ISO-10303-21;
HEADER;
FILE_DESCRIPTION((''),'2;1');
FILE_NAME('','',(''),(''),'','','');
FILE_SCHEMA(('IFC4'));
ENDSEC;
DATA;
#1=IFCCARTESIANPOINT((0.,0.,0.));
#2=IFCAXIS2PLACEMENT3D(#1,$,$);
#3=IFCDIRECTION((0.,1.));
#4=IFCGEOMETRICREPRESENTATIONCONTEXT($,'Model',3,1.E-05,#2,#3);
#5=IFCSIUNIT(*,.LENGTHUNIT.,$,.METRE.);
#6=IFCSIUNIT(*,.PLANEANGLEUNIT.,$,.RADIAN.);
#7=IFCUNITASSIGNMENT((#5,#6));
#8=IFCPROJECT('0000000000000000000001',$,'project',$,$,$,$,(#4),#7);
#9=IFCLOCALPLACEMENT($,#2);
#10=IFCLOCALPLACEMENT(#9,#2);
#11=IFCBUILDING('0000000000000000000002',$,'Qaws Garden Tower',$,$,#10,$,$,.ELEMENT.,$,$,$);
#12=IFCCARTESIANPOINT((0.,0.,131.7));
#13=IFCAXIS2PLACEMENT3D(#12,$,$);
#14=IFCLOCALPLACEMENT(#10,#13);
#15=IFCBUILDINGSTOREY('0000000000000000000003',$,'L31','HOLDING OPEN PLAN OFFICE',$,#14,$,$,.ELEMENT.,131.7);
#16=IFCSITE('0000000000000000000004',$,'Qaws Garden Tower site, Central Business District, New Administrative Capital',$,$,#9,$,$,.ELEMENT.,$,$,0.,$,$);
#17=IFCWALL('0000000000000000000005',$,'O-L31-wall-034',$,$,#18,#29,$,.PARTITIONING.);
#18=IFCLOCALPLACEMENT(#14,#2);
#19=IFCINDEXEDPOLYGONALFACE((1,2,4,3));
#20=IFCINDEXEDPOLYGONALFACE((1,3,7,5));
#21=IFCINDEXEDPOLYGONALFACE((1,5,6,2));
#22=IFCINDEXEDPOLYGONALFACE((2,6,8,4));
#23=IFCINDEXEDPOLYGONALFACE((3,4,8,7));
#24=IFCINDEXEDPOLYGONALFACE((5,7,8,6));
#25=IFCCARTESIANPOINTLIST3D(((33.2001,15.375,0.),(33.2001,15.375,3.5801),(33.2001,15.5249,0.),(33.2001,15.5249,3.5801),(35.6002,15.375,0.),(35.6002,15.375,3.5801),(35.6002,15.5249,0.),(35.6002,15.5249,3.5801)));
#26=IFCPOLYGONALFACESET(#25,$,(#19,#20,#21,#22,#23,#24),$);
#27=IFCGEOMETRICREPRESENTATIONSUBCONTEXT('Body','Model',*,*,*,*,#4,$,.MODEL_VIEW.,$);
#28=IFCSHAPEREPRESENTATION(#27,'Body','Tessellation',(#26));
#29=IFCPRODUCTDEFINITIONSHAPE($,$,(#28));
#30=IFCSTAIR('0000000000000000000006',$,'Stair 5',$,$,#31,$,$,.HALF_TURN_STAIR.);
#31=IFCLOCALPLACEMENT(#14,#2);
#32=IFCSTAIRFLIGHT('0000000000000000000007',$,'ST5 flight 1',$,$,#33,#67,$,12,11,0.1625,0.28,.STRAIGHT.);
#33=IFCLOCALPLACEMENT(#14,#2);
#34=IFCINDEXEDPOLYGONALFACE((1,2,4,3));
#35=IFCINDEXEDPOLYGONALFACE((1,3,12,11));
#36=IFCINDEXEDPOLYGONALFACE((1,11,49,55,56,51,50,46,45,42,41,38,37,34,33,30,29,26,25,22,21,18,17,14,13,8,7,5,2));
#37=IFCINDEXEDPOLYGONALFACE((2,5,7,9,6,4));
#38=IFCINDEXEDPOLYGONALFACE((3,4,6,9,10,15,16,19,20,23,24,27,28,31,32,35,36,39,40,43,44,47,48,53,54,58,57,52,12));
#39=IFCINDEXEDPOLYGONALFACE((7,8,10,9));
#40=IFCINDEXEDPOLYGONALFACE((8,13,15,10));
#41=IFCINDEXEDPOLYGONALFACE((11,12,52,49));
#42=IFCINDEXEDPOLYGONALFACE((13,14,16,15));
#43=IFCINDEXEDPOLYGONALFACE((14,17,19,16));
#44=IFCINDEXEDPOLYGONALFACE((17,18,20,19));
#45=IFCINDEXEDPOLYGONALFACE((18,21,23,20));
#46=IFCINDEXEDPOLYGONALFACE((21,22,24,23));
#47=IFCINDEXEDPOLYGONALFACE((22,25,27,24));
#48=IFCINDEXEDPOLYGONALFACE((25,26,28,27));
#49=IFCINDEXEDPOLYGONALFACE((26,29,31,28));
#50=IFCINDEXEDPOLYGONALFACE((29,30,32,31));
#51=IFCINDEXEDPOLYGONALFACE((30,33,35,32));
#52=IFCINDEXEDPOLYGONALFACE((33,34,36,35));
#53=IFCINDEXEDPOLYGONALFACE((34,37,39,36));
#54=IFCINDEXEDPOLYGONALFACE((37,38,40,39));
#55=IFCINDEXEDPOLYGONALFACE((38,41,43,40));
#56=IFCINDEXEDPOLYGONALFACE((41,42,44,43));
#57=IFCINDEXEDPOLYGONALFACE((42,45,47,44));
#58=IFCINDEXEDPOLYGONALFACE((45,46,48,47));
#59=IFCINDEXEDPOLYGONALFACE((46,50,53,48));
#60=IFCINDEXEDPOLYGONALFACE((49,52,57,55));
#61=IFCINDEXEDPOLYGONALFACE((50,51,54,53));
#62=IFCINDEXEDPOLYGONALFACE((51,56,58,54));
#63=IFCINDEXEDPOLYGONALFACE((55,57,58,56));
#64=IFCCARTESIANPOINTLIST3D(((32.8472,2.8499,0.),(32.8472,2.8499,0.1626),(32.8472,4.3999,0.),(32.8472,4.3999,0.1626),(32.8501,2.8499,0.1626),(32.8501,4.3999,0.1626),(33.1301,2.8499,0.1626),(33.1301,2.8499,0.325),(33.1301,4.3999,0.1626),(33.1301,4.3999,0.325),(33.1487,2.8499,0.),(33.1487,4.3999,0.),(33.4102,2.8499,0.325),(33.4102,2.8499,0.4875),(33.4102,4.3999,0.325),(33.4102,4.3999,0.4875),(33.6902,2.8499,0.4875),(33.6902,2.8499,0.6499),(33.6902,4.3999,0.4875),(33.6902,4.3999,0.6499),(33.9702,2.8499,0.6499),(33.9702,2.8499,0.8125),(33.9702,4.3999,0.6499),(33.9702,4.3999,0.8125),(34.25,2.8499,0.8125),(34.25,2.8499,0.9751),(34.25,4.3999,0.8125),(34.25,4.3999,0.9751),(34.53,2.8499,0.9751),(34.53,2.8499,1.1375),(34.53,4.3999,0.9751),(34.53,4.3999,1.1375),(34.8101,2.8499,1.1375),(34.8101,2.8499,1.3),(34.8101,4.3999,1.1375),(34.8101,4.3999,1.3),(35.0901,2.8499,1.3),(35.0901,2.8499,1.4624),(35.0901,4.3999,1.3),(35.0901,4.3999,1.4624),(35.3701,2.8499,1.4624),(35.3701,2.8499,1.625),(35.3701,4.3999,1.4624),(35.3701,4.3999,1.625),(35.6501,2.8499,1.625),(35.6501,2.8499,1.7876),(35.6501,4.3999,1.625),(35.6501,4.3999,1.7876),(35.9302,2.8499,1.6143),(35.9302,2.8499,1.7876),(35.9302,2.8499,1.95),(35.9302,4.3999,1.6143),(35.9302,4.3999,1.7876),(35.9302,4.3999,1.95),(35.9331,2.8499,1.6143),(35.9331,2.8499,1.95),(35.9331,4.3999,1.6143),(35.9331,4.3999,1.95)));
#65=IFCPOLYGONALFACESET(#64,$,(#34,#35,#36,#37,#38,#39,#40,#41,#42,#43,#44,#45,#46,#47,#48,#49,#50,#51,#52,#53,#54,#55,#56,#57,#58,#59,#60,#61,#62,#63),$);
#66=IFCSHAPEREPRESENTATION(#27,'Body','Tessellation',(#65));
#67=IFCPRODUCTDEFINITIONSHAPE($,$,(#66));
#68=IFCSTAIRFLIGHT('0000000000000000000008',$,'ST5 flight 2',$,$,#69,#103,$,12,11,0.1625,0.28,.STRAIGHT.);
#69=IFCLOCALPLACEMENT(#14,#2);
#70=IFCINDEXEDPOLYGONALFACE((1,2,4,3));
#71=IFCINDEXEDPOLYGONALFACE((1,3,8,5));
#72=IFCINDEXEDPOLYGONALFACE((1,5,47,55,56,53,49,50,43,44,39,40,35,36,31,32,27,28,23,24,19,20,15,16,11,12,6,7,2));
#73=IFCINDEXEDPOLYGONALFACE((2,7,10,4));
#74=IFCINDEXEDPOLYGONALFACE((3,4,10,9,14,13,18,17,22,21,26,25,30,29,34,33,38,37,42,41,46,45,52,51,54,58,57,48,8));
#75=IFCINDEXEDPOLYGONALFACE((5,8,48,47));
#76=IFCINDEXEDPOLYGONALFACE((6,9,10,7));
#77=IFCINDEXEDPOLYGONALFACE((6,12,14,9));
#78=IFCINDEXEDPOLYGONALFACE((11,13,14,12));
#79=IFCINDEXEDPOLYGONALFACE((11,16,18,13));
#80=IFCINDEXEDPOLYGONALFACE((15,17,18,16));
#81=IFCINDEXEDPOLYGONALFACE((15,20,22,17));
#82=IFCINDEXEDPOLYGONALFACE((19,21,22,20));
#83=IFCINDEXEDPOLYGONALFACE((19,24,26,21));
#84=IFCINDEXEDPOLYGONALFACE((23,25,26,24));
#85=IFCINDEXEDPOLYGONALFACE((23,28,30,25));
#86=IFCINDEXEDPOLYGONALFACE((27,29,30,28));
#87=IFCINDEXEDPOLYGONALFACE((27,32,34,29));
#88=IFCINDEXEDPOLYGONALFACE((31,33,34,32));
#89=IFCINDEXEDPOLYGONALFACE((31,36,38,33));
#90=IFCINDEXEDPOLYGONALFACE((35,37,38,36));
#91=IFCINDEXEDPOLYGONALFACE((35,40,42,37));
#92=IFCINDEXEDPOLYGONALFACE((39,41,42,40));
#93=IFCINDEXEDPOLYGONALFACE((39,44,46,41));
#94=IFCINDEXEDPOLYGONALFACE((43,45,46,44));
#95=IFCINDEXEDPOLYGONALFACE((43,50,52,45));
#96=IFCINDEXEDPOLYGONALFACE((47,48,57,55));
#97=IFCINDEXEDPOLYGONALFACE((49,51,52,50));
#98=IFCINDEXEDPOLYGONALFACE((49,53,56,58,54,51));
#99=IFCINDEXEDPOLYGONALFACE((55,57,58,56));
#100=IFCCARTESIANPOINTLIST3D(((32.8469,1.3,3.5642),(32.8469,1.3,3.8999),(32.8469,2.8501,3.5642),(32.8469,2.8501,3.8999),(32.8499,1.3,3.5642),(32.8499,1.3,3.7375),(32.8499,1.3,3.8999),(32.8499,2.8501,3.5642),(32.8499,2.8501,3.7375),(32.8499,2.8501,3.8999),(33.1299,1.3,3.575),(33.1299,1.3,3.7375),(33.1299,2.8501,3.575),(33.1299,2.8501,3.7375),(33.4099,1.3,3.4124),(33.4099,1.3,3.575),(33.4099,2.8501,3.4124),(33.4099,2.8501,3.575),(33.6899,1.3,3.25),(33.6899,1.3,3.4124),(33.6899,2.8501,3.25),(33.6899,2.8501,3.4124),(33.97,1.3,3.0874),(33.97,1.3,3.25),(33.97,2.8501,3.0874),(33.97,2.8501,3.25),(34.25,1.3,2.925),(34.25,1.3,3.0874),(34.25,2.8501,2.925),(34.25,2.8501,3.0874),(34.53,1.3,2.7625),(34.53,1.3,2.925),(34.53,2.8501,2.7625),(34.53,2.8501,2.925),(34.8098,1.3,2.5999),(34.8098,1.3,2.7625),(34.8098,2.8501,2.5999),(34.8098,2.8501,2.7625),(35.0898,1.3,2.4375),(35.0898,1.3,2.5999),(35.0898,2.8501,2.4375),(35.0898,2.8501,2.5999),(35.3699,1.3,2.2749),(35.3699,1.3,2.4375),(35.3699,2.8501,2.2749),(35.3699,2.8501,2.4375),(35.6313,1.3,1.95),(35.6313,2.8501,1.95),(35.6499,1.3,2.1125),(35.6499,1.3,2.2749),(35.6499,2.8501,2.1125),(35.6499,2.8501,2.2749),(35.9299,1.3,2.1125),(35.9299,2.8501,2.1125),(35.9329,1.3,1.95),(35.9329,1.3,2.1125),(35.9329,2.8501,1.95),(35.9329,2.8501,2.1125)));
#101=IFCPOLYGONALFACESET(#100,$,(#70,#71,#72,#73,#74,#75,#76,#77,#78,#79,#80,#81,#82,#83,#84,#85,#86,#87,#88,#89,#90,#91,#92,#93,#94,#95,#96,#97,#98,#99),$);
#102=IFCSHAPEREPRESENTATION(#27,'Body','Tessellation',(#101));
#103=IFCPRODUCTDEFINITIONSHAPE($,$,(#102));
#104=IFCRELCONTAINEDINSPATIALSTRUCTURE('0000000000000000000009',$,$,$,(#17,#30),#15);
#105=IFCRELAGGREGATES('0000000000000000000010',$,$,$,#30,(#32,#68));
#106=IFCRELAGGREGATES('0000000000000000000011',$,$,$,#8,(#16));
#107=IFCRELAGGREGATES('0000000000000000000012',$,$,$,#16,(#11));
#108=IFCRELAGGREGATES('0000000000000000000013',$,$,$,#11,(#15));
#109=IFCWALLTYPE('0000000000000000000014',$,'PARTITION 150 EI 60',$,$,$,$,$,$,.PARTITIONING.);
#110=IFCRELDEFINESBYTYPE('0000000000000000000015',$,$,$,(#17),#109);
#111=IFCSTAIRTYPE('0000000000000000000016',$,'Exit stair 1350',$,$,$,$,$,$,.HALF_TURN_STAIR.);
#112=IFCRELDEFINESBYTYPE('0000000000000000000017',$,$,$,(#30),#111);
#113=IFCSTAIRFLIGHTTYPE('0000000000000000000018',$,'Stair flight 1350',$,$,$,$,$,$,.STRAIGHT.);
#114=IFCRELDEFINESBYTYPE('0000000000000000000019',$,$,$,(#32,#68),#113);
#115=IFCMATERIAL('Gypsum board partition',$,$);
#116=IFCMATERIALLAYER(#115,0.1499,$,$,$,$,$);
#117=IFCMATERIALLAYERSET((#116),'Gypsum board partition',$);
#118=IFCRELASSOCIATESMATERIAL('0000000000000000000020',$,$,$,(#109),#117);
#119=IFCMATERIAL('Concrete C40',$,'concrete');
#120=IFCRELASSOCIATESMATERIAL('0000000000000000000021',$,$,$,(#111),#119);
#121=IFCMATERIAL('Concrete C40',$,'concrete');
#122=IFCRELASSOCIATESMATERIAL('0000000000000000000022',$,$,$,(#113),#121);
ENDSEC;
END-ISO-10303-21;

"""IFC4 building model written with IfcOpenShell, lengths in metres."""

from ifc_helpers import new_model, si_unit, direction, frame, frame_2d, origin, place, context, subcontext, project, spatial, polyline, rectangle, outline, extrude, material, layer, layer_set, type_object, element, aggregate, save


model = new_model("IFC4")

# Units and contexts
model_context = context("Model", 3, precision=1e-05, world=origin(), true_north=direction((0.0, 1.0)))
body_context = subcontext(model_context, "Body", "Model", "MODEL_VIEW")
ifc_project = project(units=[si_unit("LENGTHUNIT", "METRE"), si_unit("PLANEANGLEUNIT", "RADIAN")], contexts=[model_context])

# Site, building, storey
site_placement = place(None, origin())
site = spatial("IfcSite", under=ifc_project, at=site_placement, Name="Qaws Garden Tower site, Central Business District, New Administrative Capital", CompositionType="ELEMENT", RefElevation=0.0)
building_placement = place(site_placement, origin())
building = spatial("IfcBuilding", under=site, at=building_placement, Name="Qaws Garden Tower", CompositionType="ELEMENT")
storey_placement = place(building_placement, frame((0.0, 0.0, 131.7)))
storey = spatial("IfcBuildingStorey", under=building, at=storey_placement, Name="L31", Description="HOLDING OPEN PLAN OFFICE", CompositionType="ELEMENT", Elevation=131.7)

# Shared definitions
ifc_material_1 = material(Name="Gypsum board partition")
ifc_layer_1 = layer(ifc_material_1, 0.1499)
ifc_layer_set_1 = layer_set([ifc_layer_1], Name="Gypsum board partition")
wall_type_1 = type_object("IfcWallType", Name="PARTITION 150 EI 60", PredefinedType="PARTITIONING", material=ifc_layer_set_1)

# Wall
wall_1_placement = place(storey_placement, frame((33.2, 15.45, 0.0), z_axis=(0.0, 0.0, 1.0), x_axis=(1.0, 0.0, 0.0)))
element("IfcWall", 1, at=wall_1_placement, inside=storey, type_object=wall_type_1, Name="O-L31-wall-034", PredefinedType="PARTITIONING", context=body_context, shape_type="SweptSolid", body=[
    extrude(rectangle(XDim=2.4001, YDim=0.1499, at=frame_2d((1.2002, 0.0))), origin(), (0.0, 0.0, 1.0), 3.5801),
])

# Stair, stair flights
ifc_material_2 = material(Name="Concrete C40", Category="concrete")
stair_type = type_object("IfcStairType", Name="Exit stair 1350", PredefinedType="HALF_TURN_STAIR", material=ifc_material_2)
stair_placement = place(storey_placement, origin())
stair = element("IfcStair", 2, at=stair_placement, inside=storey, type_object=stair_type, Name="Stair 5", PredefinedType="HALF_TURN_STAIR")
ifc_material_3 = material(Name="Concrete C40", Category="concrete")
stair_flight_type = type_object("IfcStairFlightType", Name="Stair flight 1350", PredefinedType="STRAIGHT", material=ifc_material_3)
stair_flight_1_placement = place(storey_placement, frame((32.8501, 3.625, 0.0), z_axis=(0.0, 0.0, 1.0), x_axis=(1.0, 0.0, 0.0)))
stair_flight_1 = element("IfcStairFlight", 3, at=stair_flight_1_placement, type_object=stair_flight_type, Name="ST5 flight 1", NumberOfRisers=12, NumberOfTreads=11, PredefinedType="STRAIGHT", RiserHeight=0.1625, TreadLength=0.28, context=body_context, shape_type="SweptSolid", body=[
    extrude(outline(polyline([(-0.0029, 0.0), (-0.0029, 0.1626), (0.0, 0.1626), (0.28, 0.1626), (0.28, 0.325), (0.5601, 0.325), (0.5601, 0.4875), (0.8401, 0.4875), (0.8401, 0.6499), (1.1201, 0.6499), (1.1201, 0.8125), (1.3999, 0.8125), (1.3999, 0.9751), (1.6799, 0.9751), (1.6799, 1.1375), (1.96, 1.1375), (1.96, 1.3), (2.24, 1.3), (2.24, 1.4624), (2.52, 1.4624), (2.52, 1.625), (2.8, 1.625), (2.8, 1.7876), (3.0801, 1.7876), (3.0801, 1.95), (3.083, 1.95), (3.083, 1.6143), (3.0801, 1.6143), (0.2986, 0.0), (-0.0029, 0.0)])), frame((0.0, 0.7749, 0.0), z_axis=(0.0, -1.0, 0.0), x_axis=(1.0, 0.0, 0.0)), (0.0, 0.0, 1.0), 1.55),
])
stair_flight_2_placement = place(storey_placement, frame((35.9299, 2.075, 1.95), z_axis=(0.0, 0.0, 1.0), x_axis=(-1.0, 0.0, 0.0)))
stair_flight_2 = element("IfcStairFlight", 4, at=stair_flight_2_placement, type_object=stair_flight_type, Name="ST5 flight 2", NumberOfRisers=12, NumberOfTreads=11, PredefinedType="STRAIGHT", RiserHeight=0.1625, TreadLength=0.28, context=body_context, shape_type="SweptSolid", body=[
    extrude(outline(polyline([(-0.0029, 0.0), (-0.0029, 0.1626), (0.0, 0.1626), (0.28, 0.1626), (0.28, 0.325), (0.5601, 0.325), (0.5601, 0.4875), (0.8401, 0.4875), (0.8401, 0.6499), (1.1201, 0.6499), (1.1201, 0.8125), (1.3999, 0.8125), (1.3999, 0.9751), (1.6799, 0.9751), (1.6799, 1.1375), (1.96, 1.1375), (1.96, 1.3), (2.24, 1.3), (2.24, 1.4624), (2.52, 1.4624), (2.52, 1.625), (2.8, 1.625), (2.8, 1.7876), (3.0801, 1.7876), (3.0801, 1.95), (3.083, 1.95), (3.083, 1.6143), (3.0801, 1.6143), (0.2986, 0.0), (-0.0029, 0.0)])), frame((0.0, 0.7749, 0.0), z_axis=(0.0, -1.0, 0.0), x_axis=(1.0, 0.0, 0.0)), (0.0, 0.0, 1.0), 1.55),
])
aggregate(stair, [stair_flight_1, stair_flight_2])

save(model, "model.ifc")
